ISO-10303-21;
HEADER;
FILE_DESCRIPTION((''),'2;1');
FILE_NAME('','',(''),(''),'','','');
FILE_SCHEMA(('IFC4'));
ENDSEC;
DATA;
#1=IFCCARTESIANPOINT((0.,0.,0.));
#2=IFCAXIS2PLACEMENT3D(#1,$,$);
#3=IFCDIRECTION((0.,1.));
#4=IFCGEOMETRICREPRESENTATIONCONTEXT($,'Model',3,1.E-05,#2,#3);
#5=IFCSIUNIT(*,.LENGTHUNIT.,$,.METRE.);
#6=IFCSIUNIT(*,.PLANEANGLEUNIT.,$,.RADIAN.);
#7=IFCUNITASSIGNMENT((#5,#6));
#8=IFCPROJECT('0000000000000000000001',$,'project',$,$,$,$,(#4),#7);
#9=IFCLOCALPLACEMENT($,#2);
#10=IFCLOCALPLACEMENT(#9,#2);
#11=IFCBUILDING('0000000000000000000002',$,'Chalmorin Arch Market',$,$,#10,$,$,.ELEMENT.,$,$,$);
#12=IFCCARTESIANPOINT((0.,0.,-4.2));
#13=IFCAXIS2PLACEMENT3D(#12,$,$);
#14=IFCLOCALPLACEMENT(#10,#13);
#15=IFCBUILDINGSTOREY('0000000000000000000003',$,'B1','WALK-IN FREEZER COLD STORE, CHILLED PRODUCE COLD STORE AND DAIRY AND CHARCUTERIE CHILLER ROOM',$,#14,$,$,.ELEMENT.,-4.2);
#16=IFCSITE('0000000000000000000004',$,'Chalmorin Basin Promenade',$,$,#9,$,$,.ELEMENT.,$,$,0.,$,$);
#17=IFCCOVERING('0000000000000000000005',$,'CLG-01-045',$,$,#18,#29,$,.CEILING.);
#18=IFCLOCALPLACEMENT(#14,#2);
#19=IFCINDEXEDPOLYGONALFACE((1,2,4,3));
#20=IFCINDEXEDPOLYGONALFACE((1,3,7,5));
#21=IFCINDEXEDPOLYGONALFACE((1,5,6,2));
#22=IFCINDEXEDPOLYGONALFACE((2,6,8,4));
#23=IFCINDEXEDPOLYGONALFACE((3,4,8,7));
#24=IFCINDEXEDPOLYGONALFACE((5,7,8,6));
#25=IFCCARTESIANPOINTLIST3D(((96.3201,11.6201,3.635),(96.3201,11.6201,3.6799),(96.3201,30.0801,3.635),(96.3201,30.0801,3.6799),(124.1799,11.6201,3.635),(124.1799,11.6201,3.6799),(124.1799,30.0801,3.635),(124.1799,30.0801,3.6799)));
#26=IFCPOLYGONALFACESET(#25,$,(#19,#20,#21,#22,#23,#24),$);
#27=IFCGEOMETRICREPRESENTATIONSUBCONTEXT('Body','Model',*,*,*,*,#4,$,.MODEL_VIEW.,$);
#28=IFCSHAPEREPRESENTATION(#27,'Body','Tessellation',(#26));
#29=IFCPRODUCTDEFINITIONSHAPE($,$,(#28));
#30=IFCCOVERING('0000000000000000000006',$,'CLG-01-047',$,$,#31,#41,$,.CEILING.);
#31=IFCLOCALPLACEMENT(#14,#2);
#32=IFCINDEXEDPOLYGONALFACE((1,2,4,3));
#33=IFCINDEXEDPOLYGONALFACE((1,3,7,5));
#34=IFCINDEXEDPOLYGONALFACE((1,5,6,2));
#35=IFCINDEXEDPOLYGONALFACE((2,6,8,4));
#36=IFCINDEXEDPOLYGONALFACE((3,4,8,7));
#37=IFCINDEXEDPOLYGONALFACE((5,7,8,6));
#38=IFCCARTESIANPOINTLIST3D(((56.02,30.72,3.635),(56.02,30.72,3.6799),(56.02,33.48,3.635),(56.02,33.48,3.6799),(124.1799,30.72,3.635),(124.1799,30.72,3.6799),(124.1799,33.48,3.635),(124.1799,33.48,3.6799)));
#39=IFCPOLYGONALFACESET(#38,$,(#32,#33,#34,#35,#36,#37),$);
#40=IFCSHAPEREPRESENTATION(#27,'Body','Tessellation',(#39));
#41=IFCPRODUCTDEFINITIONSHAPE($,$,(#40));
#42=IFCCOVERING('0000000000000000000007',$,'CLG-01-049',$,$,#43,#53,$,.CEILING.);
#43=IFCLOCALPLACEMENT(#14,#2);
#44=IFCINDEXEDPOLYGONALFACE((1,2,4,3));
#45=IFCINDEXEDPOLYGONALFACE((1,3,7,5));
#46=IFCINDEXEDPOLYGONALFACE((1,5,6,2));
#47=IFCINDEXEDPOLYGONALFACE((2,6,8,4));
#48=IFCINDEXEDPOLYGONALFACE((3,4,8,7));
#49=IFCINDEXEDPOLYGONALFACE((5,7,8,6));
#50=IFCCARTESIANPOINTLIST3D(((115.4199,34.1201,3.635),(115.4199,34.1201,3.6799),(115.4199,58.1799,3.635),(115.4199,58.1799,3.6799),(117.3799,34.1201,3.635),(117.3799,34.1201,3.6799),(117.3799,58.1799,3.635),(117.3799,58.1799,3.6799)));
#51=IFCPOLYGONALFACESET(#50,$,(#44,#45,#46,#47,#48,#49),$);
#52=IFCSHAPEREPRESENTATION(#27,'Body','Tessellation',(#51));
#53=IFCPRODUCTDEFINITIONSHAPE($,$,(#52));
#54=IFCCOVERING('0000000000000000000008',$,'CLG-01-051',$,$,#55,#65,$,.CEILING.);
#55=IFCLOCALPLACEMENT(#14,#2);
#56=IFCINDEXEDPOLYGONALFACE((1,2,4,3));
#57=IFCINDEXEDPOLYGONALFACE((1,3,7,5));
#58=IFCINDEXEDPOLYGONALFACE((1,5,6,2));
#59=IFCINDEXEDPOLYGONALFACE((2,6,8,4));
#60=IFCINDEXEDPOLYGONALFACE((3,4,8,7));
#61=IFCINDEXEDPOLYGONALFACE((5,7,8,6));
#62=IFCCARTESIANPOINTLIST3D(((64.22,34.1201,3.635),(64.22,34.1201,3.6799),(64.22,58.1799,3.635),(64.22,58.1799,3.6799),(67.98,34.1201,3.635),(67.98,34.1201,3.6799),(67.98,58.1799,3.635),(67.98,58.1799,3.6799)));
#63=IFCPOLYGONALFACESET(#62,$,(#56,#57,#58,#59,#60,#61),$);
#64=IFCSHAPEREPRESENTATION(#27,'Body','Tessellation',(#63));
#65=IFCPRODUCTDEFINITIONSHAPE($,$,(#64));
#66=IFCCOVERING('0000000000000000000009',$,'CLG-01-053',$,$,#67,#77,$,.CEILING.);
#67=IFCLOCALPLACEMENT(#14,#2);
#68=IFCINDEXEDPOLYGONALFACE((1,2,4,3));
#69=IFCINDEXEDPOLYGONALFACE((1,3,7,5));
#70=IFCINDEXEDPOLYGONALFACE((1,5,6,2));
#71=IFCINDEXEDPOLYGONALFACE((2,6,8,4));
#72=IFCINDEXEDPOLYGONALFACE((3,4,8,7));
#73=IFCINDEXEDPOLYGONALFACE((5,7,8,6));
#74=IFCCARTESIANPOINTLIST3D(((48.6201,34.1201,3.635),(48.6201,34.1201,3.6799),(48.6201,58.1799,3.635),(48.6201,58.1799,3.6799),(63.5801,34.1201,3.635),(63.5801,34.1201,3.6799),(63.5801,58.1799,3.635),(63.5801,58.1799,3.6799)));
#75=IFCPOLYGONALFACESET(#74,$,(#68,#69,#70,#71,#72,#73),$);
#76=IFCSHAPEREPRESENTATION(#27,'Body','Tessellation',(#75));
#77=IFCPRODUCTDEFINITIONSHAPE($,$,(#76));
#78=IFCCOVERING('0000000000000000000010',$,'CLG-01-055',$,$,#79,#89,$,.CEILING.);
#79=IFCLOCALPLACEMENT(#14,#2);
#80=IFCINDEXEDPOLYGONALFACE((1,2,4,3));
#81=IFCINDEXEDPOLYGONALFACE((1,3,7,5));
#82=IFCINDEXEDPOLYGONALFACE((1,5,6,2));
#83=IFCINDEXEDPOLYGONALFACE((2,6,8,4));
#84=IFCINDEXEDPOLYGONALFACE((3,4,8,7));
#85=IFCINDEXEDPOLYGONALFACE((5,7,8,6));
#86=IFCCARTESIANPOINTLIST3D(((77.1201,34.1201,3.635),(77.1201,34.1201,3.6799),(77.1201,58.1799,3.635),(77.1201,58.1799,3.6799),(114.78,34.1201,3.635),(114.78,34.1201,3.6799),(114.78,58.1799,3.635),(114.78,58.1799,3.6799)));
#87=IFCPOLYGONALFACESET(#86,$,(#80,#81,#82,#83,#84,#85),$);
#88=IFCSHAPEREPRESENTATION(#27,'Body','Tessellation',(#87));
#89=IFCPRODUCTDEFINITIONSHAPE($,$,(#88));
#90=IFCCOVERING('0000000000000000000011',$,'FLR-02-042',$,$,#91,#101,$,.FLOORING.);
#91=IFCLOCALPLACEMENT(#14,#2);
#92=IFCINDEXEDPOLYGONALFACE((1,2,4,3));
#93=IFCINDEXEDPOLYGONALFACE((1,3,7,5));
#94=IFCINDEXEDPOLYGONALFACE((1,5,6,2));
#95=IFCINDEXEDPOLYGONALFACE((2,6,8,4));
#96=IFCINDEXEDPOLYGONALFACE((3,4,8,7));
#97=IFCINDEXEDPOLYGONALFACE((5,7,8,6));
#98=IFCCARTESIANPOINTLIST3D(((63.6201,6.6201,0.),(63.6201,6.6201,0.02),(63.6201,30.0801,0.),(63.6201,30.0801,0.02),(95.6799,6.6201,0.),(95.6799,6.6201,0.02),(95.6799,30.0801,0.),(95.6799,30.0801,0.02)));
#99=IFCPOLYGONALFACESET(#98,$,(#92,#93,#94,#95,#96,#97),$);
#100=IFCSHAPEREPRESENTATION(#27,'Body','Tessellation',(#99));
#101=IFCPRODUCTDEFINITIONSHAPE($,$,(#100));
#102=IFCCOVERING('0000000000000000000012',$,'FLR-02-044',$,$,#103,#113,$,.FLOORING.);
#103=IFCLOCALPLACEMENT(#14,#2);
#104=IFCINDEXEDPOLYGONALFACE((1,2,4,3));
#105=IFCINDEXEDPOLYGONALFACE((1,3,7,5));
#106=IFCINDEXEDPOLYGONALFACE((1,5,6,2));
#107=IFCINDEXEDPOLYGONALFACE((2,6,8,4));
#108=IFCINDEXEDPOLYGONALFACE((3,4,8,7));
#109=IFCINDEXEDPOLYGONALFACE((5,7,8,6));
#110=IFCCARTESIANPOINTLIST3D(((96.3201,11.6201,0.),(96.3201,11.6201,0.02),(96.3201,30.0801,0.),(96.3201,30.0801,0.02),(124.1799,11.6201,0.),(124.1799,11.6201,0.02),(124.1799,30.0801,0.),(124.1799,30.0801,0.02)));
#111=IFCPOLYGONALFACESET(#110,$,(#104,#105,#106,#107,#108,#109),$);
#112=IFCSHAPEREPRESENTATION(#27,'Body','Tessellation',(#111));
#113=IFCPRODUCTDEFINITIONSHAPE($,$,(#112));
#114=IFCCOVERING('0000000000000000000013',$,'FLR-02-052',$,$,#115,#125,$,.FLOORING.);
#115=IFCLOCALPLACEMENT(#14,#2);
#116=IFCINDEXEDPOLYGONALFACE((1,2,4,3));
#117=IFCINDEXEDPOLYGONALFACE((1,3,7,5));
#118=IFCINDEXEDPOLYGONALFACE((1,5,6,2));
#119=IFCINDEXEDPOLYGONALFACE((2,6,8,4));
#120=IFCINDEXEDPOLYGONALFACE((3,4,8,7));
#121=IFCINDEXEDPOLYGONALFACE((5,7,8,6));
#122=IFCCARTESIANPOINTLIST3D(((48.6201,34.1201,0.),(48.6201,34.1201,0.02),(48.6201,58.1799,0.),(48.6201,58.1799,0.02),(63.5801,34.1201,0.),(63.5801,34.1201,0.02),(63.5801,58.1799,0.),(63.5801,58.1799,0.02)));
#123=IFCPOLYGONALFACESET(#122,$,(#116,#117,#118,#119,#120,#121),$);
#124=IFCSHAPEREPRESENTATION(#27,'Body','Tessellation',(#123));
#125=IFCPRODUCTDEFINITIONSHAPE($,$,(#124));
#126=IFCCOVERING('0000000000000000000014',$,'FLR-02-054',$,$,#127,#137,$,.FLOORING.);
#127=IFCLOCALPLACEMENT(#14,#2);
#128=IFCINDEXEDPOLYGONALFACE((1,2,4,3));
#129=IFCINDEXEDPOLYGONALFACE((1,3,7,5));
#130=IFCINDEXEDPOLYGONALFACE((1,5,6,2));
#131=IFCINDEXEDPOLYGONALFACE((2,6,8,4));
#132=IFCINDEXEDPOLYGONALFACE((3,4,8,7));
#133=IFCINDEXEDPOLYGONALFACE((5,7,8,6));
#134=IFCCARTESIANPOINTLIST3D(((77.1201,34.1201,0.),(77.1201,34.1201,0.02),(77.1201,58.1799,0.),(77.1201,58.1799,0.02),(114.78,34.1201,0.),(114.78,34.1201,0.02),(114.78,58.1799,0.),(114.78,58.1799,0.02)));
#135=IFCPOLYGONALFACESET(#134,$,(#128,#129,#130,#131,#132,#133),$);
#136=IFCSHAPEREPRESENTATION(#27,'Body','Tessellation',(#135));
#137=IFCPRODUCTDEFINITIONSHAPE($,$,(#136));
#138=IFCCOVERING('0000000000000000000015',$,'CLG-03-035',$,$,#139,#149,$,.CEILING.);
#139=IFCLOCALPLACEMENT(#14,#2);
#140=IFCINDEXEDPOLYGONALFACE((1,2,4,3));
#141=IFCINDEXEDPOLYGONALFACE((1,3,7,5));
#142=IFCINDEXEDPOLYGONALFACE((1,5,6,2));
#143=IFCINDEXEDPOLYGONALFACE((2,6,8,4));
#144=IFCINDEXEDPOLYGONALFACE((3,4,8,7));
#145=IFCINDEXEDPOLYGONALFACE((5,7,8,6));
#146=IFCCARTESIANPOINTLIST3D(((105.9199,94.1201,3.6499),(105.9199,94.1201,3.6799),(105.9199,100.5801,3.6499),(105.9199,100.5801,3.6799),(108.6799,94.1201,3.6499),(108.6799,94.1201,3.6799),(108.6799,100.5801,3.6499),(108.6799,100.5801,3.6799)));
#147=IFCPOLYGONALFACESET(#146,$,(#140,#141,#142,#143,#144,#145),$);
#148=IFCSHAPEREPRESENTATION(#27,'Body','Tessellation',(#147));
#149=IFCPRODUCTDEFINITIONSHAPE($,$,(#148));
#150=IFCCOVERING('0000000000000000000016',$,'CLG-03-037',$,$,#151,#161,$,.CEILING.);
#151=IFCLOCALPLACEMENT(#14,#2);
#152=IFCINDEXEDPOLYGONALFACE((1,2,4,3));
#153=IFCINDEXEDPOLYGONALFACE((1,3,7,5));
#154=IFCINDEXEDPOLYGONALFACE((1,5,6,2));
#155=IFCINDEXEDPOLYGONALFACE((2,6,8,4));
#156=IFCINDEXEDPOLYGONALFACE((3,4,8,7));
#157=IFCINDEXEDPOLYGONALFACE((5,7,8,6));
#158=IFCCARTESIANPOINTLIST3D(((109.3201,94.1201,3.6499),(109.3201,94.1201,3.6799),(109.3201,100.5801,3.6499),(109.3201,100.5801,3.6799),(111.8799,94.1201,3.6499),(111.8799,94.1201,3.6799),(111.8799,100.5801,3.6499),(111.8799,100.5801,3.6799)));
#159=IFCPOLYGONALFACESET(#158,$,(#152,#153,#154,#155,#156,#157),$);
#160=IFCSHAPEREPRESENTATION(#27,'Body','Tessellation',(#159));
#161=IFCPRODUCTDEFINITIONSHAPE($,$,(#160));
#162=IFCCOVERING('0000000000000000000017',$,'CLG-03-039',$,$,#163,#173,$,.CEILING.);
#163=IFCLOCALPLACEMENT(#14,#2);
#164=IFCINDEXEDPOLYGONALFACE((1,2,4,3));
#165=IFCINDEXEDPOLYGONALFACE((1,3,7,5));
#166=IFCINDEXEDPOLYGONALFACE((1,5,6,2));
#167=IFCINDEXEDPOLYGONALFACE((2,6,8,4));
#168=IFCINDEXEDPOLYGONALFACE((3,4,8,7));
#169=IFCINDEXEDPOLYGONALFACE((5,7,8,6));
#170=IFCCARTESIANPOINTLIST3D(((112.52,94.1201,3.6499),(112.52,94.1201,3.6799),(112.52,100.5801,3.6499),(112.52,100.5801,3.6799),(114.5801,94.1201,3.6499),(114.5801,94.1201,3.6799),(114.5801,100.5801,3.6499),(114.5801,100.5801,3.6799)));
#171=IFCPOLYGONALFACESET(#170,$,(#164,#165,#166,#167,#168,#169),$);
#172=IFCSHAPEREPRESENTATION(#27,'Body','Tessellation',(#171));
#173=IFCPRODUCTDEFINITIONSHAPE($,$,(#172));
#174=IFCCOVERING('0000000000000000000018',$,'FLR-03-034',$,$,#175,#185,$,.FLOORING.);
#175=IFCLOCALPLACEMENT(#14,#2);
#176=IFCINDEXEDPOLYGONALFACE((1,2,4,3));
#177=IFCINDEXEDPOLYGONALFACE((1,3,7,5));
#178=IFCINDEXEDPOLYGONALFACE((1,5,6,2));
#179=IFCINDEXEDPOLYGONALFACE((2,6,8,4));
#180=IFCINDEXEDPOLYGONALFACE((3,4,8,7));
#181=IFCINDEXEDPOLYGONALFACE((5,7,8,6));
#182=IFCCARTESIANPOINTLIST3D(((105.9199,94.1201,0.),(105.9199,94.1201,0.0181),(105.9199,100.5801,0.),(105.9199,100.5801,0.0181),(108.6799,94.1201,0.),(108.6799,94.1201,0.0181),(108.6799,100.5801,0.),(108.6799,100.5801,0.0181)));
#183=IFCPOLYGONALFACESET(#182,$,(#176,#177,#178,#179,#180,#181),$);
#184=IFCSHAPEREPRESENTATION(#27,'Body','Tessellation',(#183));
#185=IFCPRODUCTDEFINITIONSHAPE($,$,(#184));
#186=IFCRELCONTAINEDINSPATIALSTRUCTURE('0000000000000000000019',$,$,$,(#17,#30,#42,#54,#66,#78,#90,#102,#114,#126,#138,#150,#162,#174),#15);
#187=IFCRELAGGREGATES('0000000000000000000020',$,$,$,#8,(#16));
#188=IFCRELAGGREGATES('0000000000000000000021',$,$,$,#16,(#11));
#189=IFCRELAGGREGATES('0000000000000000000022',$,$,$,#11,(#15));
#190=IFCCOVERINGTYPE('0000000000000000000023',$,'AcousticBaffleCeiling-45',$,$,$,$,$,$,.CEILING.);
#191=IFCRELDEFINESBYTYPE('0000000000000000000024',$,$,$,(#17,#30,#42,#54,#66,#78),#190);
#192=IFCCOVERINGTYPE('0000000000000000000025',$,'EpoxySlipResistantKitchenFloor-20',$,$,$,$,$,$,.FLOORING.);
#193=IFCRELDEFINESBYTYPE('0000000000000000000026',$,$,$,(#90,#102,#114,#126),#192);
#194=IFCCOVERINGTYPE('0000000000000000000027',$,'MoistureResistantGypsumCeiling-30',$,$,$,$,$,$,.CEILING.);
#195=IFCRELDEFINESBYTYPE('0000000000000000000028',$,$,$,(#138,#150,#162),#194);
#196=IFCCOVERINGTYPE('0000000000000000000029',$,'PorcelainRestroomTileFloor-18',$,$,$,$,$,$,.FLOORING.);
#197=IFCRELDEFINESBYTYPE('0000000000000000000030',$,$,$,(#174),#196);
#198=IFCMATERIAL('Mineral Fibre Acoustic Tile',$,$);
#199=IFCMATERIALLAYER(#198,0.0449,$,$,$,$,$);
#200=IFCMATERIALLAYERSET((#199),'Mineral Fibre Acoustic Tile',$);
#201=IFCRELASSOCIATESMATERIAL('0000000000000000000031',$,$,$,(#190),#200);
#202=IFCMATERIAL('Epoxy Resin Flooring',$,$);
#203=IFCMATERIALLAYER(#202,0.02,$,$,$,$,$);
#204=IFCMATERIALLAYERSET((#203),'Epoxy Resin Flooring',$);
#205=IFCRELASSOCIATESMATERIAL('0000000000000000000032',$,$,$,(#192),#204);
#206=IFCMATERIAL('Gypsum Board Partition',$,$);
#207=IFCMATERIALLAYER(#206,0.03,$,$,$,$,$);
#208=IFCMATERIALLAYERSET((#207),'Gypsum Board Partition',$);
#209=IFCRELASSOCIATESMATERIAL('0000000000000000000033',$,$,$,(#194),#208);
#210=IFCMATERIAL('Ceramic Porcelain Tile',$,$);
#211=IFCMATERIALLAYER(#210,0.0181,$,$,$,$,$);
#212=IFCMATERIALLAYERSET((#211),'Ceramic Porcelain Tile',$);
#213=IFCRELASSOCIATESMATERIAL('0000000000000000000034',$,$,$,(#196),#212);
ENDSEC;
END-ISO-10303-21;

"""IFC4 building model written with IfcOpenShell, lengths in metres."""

from ifc_helpers import new_model, si_unit, direction, frame, origin, place, context, subcontext, project, spatial, polyline, outline, extrude, material, layer, layer_set, type_object, element, save


model = new_model("IFC4")

# Units and contexts
model_context = context("Model", 3, precision=1e-05, world=origin(), true_north=direction((0.0, 1.0)))
body_context = subcontext(model_context, "Body", "Model", "MODEL_VIEW")
ifc_project = project(units=[si_unit("LENGTHUNIT", "METRE"), si_unit("PLANEANGLEUNIT", "RADIAN")], contexts=[model_context])

# Site, building, storey
site_placement = place(None, origin())
site = spatial("IfcSite", under=ifc_project, at=site_placement, Name="Chalmorin Basin Promenade", CompositionType="ELEMENT", RefElevation=0.0)
building_placement = place(site_placement, origin())
building = spatial("IfcBuilding", under=site, at=building_placement, Name="Chalmorin Arch Market", CompositionType="ELEMENT")
storey_placement = place(building_placement, frame((0.0, 0.0, -4.2)))
storey = spatial("IfcBuildingStorey", under=building, at=storey_placement, Name="B1", Description="WALK-IN FREEZER COLD STORE, CHILLED PRODUCE COLD STORE AND DAIRY AND CHARCUTERIE CHILLER ROOM", CompositionType="ELEMENT", Elevation=-4.2)

# Coverings
ifc_material_1 = material(Name="Mineral Fibre Acoustic Tile")
ifc_layer_1 = layer(ifc_material_1, 0.0449)
ifc_layer_set_1 = layer_set([ifc_layer_1], Name="Mineral Fibre Acoustic Tile")
covering_type_1 = type_object("IfcCoveringType", Name="AcousticBaffleCeiling-45", PredefinedType="CEILING", material=ifc_layer_set_1)
covering_1_placement = place(storey_placement, frame((0.0, 0.0, 3.635)))
element("IfcCovering", 1, at=covering_1_placement, inside=storey, type_object=covering_type_1, Name="CLG-01-045", PredefinedType="CEILING", context=body_context, shape_type="SweptSolid", body=[
    extrude(outline(polyline([(96.3201, 11.6201), (124.1799, 11.6201), (124.1799, 30.0801), (96.3201, 30.0801), (96.3201, 11.6201)])), origin(), (0.0, 0.0, 1.0), 0.0449),
])
covering_2_placement = place(storey_placement, frame((0.0, 0.0, 3.635)))
element("IfcCovering", 2, at=covering_2_placement, inside=storey, type_object=covering_type_1, Name="CLG-01-047", PredefinedType="CEILING", context=body_context, shape_type="SweptSolid", body=[
    extrude(outline(polyline([(56.02, 30.72), (124.1799, 30.72), (124.1799, 33.48), (56.02, 33.48), (56.02, 30.72)])), origin(), (0.0, 0.0, 1.0), 0.0449),
])
covering_3_placement = place(storey_placement, frame((0.0, 0.0, 3.635)))
element("IfcCovering", 3, at=covering_3_placement, inside=storey, type_object=covering_type_1, Name="CLG-01-049", PredefinedType="CEILING", context=body_context, shape_type="SweptSolid", body=[
    extrude(outline(polyline([(115.4199, 34.1201), (117.3799, 34.1201), (117.3799, 58.1799), (115.4199, 58.1799), (115.4199, 34.1201)])), origin(), (0.0, 0.0, 1.0), 0.0449),
])
covering_4_placement = place(storey_placement, frame((0.0, 0.0, 3.635)))
element("IfcCovering", 4, at=covering_4_placement, inside=storey, type_object=covering_type_1, Name="CLG-01-051", PredefinedType="CEILING", context=body_context, shape_type="SweptSolid", body=[
    extrude(outline(polyline([(64.22, 34.1201), (67.98, 34.1201), (67.98, 58.1799), (64.22, 58.1799), (64.22, 34.1201)])), origin(), (0.0, 0.0, 1.0), 0.0449),
])
covering_5_placement = place(storey_placement, frame((0.0, 0.0, 3.635)))
element("IfcCovering", 5, at=covering_5_placement, inside=storey, type_object=covering_type_1, Name="CLG-01-053", PredefinedType="CEILING", context=body_context, shape_type="SweptSolid", body=[
    extrude(outline(polyline([(48.6201, 34.1201), (63.5801, 34.1201), (63.5801, 58.1799), (48.6201, 58.1799), (48.6201, 34.1201)])), origin(), (0.0, 0.0, 1.0), 0.0449),
])
covering_6_placement = place(storey_placement, frame((0.0, 0.0, 3.635)))
element("IfcCovering", 6, at=covering_6_placement, inside=storey, type_object=covering_type_1, Name="CLG-01-055", PredefinedType="CEILING", context=body_context, shape_type="SweptSolid", body=[
    extrude(outline(polyline([(77.1201, 34.1201), (114.78, 34.1201), (114.78, 58.1799), (77.1201, 58.1799), (77.1201, 34.1201)])), origin(), (0.0, 0.0, 1.0), 0.0449),
])
ifc_material_2 = material(Name="Epoxy Resin Flooring")
ifc_layer_2 = layer(ifc_material_2, 0.02)
ifc_layer_set_2 = layer_set([ifc_layer_2], Name="Epoxy Resin Flooring")
covering_type_2 = type_object("IfcCoveringType", Name="EpoxySlipResistantKitchenFloor-20", PredefinedType="FLOORING", material=ifc_layer_set_2)
covering_7_placement = place(storey_placement, origin())
element("IfcCovering", 7, at=covering_7_placement, inside=storey, type_object=covering_type_2, Name="FLR-02-042", PredefinedType="FLOORING", context=body_context, shape_type="SweptSolid", body=[
    extrude(outline(polyline([(63.6201, 6.6201), (95.6799, 6.6201), (95.6799, 30.0801), (63.6201, 30.0801), (63.6201, 6.6201)])), origin(), (0.0, 0.0, 1.0), 0.02),
])
covering_8_placement = place(storey_placement, origin())
element("IfcCovering", 8, at=covering_8_placement, inside=storey, type_object=covering_type_2, Name="FLR-02-044", PredefinedType="FLOORING", context=body_context, shape_type="SweptSolid", body=[
    extrude(outline(polyline([(96.3201, 11.6201), (124.1799, 11.6201), (124.1799, 30.0801), (96.3201, 30.0801), (96.3201, 11.6201)])), origin(), (0.0, 0.0, 1.0), 0.02),
])
covering_9_placement = place(storey_placement, origin())
element("IfcCovering", 9, at=covering_9_placement, inside=storey, type_object=covering_type_2, Name="FLR-02-052", PredefinedType="FLOORING", context=body_context, shape_type="SweptSolid", body=[
    extrude(outline(polyline([(48.6201, 34.1201), (63.5801, 34.1201), (63.5801, 58.1799), (48.6201, 58.1799), (48.6201, 34.1201)])), origin(), (0.0, 0.0, 1.0), 0.02),
])
covering_10_placement = place(storey_placement, origin())
element("IfcCovering", 10, at=covering_10_placement, inside=storey, type_object=covering_type_2, Name="FLR-02-054", PredefinedType="FLOORING", context=body_context, shape_type="SweptSolid", body=[
    extrude(outline(polyline([(77.1201, 34.1201), (114.78, 34.1201), (114.78, 58.1799), (77.1201, 58.1799), (77.1201, 34.1201)])), origin(), (0.0, 0.0, 1.0), 0.02),
])
ifc_material_3 = material(Name="Gypsum Board Partition")
ifc_layer_3 = layer(ifc_material_3, 0.03)
ifc_layer_set_3 = layer_set([ifc_layer_3], Name="Gypsum Board Partition")
covering_type_3 = type_object("IfcCoveringType", Name="MoistureResistantGypsumCeiling-30", PredefinedType="CEILING", material=ifc_layer_set_3)
covering_11_placement = place(storey_placement, frame((0.0, 0.0, 3.6499)))
element("IfcCovering", 11, at=covering_11_placement, inside=storey, type_object=covering_type_3, Name="CLG-03-035", PredefinedType="CEILING", context=body_context, shape_type="SweptSolid", body=[
    extrude(outline(polyline([(105.9199, 94.1201), (108.6799, 94.1201), (108.6799, 100.5801), (105.9199, 100.5801), (105.9199, 94.1201)])), origin(), (0.0, 0.0, 1.0), 0.03),
])
covering_12_placement = place(storey_placement, frame((0.0, 0.0, 3.6499)))
element("IfcCovering", 12, at=covering_12_placement, inside=storey, type_object=covering_type_3, Name="CLG-03-037", PredefinedType="CEILING", context=body_context, shape_type="SweptSolid", body=[
    extrude(outline(polyline([(109.3201, 94.1201), (111.8799, 94.1201), (111.8799, 100.5801), (109.3201, 100.5801), (109.3201, 94.1201)])), origin(), (0.0, 0.0, 1.0), 0.03),
])
covering_13_placement = place(storey_placement, frame((0.0, 0.0, 3.6499)))
element("IfcCovering", 13, at=covering_13_placement, inside=storey, type_object=covering_type_3, Name="CLG-03-039", PredefinedType="CEILING", context=body_context, shape_type="SweptSolid", body=[
    extrude(outline(polyline([(112.52, 94.1201), (114.5801, 94.1201), (114.5801, 100.5801), (112.52, 100.5801), (112.52, 94.1201)])), origin(), (0.0, 0.0, 1.0), 0.03),
])
ifc_material_4 = material(Name="Ceramic Porcelain Tile")
ifc_layer_4 = layer(ifc_material_4, 0.0181)
ifc_layer_set_4 = layer_set([ifc_layer_4], Name="Ceramic Porcelain Tile")
covering_type_4 = type_object("IfcCoveringType", Name="PorcelainRestroomTileFloor-18", PredefinedType="FLOORING", material=ifc_layer_set_4)
covering_14_placement = place(storey_placement, origin())
element("IfcCovering", 14, at=covering_14_placement, inside=storey, type_object=covering_type_4, Name="FLR-03-034", PredefinedType="FLOORING", context=body_context, shape_type="SweptSolid", body=[
    extrude(outline(polyline([(105.9199, 94.1201), (108.6799, 94.1201), (108.6799, 100.5801), (105.9199, 100.5801), (105.9199, 94.1201)])), origin(), (0.0, 0.0, 1.0), 0.0181),
])

save(model, "model.ifc")
